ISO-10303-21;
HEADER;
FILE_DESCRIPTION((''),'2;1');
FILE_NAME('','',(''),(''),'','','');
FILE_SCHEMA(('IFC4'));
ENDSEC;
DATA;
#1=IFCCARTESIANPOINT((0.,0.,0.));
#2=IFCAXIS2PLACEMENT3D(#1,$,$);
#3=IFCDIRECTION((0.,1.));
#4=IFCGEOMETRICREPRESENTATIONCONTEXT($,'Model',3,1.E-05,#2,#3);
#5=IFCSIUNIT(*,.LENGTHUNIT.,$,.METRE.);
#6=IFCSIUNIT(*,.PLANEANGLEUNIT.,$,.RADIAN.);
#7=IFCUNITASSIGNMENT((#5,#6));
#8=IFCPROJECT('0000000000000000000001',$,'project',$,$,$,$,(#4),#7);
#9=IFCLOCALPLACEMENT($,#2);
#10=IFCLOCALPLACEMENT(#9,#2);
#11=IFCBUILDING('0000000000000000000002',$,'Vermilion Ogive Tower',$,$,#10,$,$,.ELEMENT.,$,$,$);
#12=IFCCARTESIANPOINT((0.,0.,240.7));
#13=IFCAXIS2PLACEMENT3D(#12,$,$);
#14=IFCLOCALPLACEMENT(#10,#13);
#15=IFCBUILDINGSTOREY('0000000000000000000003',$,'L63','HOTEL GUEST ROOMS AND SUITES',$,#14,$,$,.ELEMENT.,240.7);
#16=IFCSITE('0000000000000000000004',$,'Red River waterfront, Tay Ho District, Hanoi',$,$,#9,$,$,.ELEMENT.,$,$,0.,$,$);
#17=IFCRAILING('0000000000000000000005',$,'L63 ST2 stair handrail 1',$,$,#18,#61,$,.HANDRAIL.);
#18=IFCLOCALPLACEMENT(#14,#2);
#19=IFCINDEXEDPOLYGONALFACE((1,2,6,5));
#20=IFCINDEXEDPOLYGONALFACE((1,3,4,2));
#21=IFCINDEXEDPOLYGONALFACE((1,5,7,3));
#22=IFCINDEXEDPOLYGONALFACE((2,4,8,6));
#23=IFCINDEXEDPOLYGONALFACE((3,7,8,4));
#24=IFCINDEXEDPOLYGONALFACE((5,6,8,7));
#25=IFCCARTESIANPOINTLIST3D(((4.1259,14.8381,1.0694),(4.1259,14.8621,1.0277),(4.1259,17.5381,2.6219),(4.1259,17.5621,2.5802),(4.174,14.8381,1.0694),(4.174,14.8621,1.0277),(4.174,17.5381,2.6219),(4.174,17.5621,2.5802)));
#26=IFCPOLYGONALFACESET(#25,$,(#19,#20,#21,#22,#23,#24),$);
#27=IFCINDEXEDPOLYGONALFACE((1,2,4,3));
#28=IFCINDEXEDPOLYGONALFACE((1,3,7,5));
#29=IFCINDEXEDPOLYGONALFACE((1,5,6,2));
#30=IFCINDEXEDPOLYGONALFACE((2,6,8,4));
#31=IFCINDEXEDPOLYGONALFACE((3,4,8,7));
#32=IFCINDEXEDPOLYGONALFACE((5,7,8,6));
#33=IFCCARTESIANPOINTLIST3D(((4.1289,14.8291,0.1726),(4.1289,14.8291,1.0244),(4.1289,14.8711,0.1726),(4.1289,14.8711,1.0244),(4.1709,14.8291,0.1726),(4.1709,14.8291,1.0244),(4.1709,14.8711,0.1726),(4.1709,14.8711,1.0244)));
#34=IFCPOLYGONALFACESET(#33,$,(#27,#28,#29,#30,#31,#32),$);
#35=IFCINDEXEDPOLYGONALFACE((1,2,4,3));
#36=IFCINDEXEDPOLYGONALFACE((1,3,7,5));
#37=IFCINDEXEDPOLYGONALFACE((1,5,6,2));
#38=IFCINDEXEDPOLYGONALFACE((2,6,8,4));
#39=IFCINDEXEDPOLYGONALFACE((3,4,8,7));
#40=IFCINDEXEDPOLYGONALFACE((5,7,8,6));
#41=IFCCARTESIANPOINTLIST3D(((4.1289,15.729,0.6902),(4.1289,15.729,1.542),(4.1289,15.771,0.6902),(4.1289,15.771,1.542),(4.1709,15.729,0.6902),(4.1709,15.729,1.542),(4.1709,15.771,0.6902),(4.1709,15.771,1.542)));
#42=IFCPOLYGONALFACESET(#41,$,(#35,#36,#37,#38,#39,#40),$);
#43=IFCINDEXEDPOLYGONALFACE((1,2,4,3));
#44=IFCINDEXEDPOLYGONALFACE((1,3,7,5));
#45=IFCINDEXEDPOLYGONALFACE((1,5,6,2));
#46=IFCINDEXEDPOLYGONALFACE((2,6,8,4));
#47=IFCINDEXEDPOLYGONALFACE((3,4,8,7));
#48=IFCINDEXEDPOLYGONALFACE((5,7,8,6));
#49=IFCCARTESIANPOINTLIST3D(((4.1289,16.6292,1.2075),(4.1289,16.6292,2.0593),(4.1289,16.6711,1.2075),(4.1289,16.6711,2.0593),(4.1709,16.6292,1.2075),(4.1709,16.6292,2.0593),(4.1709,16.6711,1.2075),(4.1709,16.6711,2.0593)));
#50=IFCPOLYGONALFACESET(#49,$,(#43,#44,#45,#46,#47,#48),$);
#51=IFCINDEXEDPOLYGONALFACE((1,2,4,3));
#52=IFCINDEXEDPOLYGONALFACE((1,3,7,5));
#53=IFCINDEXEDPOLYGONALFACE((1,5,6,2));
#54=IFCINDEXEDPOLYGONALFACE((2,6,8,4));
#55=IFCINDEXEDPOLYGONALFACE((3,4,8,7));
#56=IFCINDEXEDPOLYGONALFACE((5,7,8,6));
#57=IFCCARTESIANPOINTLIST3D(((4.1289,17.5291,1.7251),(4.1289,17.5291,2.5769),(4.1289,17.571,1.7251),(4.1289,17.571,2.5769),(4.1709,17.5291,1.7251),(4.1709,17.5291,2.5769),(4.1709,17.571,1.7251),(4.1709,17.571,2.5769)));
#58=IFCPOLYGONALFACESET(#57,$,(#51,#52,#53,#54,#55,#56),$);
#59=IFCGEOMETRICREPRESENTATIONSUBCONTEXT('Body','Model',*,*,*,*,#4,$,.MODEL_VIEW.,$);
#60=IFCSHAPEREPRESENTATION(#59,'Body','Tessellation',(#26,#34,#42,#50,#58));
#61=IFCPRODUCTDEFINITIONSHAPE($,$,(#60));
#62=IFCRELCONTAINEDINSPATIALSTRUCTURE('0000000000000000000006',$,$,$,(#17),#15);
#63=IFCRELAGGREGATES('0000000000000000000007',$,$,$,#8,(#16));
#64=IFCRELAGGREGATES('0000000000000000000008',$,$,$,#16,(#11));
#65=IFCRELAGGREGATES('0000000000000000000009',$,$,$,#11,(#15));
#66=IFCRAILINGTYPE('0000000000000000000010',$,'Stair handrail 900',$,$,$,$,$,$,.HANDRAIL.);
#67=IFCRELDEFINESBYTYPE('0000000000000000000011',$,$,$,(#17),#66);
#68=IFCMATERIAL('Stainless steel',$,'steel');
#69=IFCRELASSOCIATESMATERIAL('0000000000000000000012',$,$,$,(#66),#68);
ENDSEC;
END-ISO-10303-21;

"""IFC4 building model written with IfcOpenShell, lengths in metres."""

from ifc_helpers import new_model, si_unit, direction, frame, origin, origin_2d, place, context, subcontext, project, spatial, rectangle, extrude, material, type_object, element, save


model = new_model("IFC4")

# Units and contexts
model_context = context("Model", 3, precision=1e-05, world=origin(), true_north=direction((0.0, 1.0)))
body_context = subcontext(model_context, "Body", "Model", "MODEL_VIEW")
ifc_project = project(units=[si_unit("LENGTHUNIT", "METRE"), si_unit("PLANEANGLEUNIT", "RADIAN")], contexts=[model_context])

# Site, building, storey
site_placement = place(None, origin())
site = spatial("IfcSite", under=ifc_project, at=site_placement, Name="Red River waterfront, Tay Ho District, Hanoi", CompositionType="ELEMENT", RefElevation=0.0)
building_placement = place(site_placement, origin())
building = spatial("IfcBuilding", under=site, at=building_placement, Name="Vermilion Ogive Tower", CompositionType="ELEMENT")
storey_placement = place(building_placement, frame((0.0, 0.0, 240.7)))
storey = spatial("IfcBuildingStorey", under=building, at=storey_placement, Name="L63", Description="HOTEL GUEST ROOMS AND SUITES", CompositionType="ELEMENT", Elevation=240.7)

# Railing
ifc_material_1 = material(Name="Stainless steel", Category="steel")
railing_type_1 = type_object("IfcRailingType", Name="Stair handrail 900", PredefinedType="HANDRAIL", material=ifc_material_1)
railing_1_placement = place(storey_placement, frame((4.1499, 14.8501, 0.1726)))
element("IfcRailing", 1, at=railing_1_placement, inside=storey, type_object=railing_type_1, Name="L63 ST2 stair handrail 1", PredefinedType="HANDRAIL", context=body_context, shape_type="SweptSolid", body=[
    extrude(rectangle(XDim=0.0481, YDim=0.0481, at=origin_2d()), frame((0.0, 0.0, 0.876), z_axis=(0.0, 0.866904, 0.498476), x_axis=(-1.0, 0.0, 0.0)), (0.0, 0.0, 1.0), 3.1145),
    extrude(rectangle(XDim=0.042, YDim=0.042, at=origin_2d()), origin(), (0.0, 0.0, 1.0), 0.8518),
    extrude(rectangle(XDim=0.042, YDim=0.042, at=origin_2d()), frame((0.0, 0.8999, 0.5176)), (0.0, 0.0, 1.0), 0.8518),
    extrude(rectangle(XDim=0.042, YDim=0.042, at=origin_2d()), frame((0.0, 1.8, 1.0349)), (0.0, 0.0, 1.0), 0.8518),
    extrude(rectangle(XDim=0.042, YDim=0.042, at=origin_2d()), frame((0.0, 2.7, 1.5525)), (0.0, 0.0, 1.0), 0.8518),
])

save(model, "model.ifc")
